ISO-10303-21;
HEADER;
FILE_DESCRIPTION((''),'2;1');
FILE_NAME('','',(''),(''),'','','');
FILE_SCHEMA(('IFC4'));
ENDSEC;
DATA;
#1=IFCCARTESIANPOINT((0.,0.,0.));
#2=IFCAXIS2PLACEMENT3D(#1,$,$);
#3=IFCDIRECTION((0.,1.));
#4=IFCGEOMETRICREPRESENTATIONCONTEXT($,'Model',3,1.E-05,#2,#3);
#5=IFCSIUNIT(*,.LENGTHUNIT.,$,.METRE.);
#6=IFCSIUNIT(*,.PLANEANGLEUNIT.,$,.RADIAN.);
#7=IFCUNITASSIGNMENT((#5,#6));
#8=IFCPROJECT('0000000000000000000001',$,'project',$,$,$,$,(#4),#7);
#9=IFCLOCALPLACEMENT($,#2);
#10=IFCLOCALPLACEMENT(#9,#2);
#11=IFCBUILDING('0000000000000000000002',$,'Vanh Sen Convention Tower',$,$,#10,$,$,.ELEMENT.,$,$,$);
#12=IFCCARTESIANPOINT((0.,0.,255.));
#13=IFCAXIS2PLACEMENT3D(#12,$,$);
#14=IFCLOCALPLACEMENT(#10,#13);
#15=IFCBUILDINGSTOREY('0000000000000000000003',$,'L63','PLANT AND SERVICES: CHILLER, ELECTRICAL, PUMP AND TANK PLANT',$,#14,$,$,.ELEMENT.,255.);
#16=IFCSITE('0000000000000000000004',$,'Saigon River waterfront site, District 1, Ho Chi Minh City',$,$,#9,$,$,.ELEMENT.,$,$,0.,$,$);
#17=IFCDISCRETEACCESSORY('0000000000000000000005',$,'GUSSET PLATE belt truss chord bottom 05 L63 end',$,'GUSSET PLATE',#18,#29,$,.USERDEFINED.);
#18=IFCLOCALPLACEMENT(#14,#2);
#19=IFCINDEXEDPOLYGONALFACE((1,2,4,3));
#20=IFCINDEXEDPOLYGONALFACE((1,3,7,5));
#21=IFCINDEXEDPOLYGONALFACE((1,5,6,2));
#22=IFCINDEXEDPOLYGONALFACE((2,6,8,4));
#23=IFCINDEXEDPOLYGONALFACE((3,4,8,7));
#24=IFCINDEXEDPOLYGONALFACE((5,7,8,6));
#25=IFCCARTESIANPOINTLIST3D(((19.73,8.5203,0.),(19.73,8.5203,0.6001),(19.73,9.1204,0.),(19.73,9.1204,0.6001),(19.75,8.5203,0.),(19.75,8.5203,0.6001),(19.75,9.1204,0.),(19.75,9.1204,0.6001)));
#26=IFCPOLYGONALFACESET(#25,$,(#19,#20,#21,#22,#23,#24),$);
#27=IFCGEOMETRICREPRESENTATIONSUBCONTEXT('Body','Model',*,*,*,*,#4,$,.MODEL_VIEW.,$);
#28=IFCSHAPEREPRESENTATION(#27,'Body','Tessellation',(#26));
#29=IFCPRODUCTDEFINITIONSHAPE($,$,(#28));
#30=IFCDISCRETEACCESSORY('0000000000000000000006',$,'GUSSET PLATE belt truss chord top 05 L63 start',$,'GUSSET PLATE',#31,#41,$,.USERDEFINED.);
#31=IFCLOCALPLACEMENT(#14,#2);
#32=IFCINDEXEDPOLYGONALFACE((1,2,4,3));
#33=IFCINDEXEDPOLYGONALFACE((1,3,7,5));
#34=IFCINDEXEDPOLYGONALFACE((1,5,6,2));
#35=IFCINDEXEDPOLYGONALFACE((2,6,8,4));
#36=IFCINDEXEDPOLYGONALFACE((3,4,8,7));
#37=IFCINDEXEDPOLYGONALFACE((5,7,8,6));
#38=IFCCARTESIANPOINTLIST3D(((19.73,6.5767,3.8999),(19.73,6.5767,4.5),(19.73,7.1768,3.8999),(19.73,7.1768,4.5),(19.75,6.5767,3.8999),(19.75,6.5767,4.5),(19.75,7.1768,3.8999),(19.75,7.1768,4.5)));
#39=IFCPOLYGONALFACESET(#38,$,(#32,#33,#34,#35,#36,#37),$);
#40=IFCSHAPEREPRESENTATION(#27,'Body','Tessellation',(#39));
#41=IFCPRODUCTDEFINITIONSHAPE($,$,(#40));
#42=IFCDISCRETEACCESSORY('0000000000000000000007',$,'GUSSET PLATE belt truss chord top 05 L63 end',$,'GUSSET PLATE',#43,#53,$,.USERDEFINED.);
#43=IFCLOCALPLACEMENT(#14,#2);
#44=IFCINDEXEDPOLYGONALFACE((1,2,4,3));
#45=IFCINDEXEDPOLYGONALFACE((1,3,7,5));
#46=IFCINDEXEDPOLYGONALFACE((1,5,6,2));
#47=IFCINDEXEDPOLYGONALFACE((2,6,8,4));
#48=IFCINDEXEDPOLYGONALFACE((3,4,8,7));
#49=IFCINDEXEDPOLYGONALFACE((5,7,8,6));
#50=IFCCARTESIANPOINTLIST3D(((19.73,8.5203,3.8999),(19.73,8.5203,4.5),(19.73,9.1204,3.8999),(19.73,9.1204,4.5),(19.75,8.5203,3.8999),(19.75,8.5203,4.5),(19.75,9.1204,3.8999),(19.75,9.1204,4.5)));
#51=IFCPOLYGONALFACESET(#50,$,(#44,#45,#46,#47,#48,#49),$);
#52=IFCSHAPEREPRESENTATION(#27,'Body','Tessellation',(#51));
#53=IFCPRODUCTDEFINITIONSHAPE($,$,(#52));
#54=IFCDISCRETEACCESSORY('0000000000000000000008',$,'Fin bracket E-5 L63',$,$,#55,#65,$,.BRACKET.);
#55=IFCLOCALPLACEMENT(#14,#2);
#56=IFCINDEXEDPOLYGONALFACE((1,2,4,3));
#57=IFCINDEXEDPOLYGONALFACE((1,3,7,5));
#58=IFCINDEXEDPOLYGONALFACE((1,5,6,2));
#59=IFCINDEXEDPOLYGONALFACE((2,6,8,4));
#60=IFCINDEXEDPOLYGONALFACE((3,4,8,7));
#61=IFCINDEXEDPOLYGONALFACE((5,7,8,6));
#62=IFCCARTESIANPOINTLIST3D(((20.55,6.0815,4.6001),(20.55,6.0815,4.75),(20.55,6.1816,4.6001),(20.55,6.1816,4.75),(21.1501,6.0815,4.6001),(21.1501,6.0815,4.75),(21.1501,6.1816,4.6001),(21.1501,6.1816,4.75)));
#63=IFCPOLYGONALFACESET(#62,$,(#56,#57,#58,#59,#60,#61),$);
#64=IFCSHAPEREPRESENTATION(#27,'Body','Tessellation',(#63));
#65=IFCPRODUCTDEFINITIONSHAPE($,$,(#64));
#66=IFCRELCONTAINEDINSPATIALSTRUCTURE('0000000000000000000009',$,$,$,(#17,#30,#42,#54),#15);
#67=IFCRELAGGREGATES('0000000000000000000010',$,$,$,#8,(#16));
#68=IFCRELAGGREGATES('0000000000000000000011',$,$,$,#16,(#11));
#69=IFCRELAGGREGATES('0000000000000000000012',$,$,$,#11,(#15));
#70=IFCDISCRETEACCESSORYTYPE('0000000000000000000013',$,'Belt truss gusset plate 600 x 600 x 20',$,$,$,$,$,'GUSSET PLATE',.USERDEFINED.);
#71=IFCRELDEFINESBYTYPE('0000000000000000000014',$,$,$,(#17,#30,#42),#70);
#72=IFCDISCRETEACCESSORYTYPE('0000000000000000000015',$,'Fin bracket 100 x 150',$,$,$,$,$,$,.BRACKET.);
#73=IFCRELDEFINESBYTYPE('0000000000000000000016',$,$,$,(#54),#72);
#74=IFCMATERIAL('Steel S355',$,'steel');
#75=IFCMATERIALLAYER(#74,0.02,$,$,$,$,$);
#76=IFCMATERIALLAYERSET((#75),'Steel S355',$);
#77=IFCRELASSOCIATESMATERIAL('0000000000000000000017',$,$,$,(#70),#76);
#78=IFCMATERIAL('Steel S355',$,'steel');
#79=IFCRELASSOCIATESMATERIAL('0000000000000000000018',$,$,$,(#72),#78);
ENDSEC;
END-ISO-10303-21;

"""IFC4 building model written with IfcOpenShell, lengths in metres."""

from ifc_helpers import new_model, si_unit, direction, frame, origin, origin_2d, place, context, subcontext, project, spatial, rectangle, extrude, material, layer, layer_set, type_object, element, save


model = new_model("IFC4")

# Units and contexts
model_context = context("Model", 3, precision=1e-05, world=origin(), true_north=direction((0.0, 1.0)))
body_context = subcontext(model_context, "Body", "Model", "MODEL_VIEW")
ifc_project = project(units=[si_unit("LENGTHUNIT", "METRE"), si_unit("PLANEANGLEUNIT", "RADIAN")], contexts=[model_context])

# Site, building, storey
site_placement = place(None, origin())
site = spatial("IfcSite", under=ifc_project, at=site_placement, Name="Saigon River waterfront site, District 1, Ho Chi Minh City", CompositionType="ELEMENT", RefElevation=0.0)
building_placement = place(site_placement, origin())
building = spatial("IfcBuilding", under=site, at=building_placement, Name="Vanh Sen Convention Tower", CompositionType="ELEMENT")
storey_placement = place(building_placement, frame((0.0, 0.0, 255.0)))
storey = spatial("IfcBuildingStorey", under=building, at=storey_placement, Name="L63", Description="PLANT AND SERVICES: CHILLER, ELECTRICAL, PUMP AND TANK PLANT", CompositionType="ELEMENT", Elevation=255.0)

# Shared definitions
ifc_material_1 = material(Name="Steel S355", Category="steel")

# Discrete accessories
ifc_layer_1 = layer(ifc_material_1, 0.02)
ifc_layer_set_1 = layer_set([ifc_layer_1], Name="Steel S355")
discrete_accessory_type_1 = type_object("IfcDiscreteAccessoryType", Name="Belt truss gusset plate 600 x 600 x 20", ElementType="GUSSET PLATE", PredefinedType="USERDEFINED", material=ifc_layer_set_1)
for number, where, z_axis, x_axis, name in (
    (1, (19.74, 8.8203, 0.0), (0.0, 0.0, 1.0), (0.0, -1.0, 0.0), "GUSSET PLATE belt truss chord bottom 05 L63 end"),
    (2, (19.74, 6.8767, 3.8999), (0.0, 0.0, 1.0), (0.0, 1.0, 0.0), "GUSSET PLATE belt truss chord top 05 L63 start"),
    (3, (19.74, 8.8203, 3.8999), (0.0, 0.0, 1.0), (0.0, -1.0, 0.0), "GUSSET PLATE belt truss chord top 05 L63 end"),
):
    element("IfcDiscreteAccessory", number, at=place(storey_placement, frame(where, z_axis=z_axis, x_axis=x_axis)), inside=storey, type_object=discrete_accessory_type_1, Name=name, ObjectType="GUSSET PLATE", PredefinedType="USERDEFINED", context=body_context, shape_type="SweptSolid", body=[
        extrude(rectangle(XDim=0.6001, YDim=0.02, at=origin_2d()), origin(), (0.0, 0.0, 1.0), 0.6001),
    ])
ifc_material_2 = material(Name="Steel S355", Category="steel")
discrete_accessory_type_2 = type_object("IfcDiscreteAccessoryType", Name="Fin bracket 100 x 150", PredefinedType="BRACKET", material=ifc_material_2)
discrete_accessory_placement = place(storey_placement, frame((20.8501, 6.1316, 4.6001), z_axis=(0.0, 0.0, 1.0), x_axis=(1.0, 0.0, 0.0)))
element("IfcDiscreteAccessory", 4, at=discrete_accessory_placement, inside=storey, type_object=discrete_accessory_type_2, Name="Fin bracket E-5 L63", PredefinedType="BRACKET", context=body_context, shape_type="SweptSolid", body=[
    extrude(rectangle(XDim=0.6001, YDim=0.1001, at=origin_2d()), origin(), (0.0, 0.0, 1.0), 0.1499),
])

save(model, "model.ifc")
